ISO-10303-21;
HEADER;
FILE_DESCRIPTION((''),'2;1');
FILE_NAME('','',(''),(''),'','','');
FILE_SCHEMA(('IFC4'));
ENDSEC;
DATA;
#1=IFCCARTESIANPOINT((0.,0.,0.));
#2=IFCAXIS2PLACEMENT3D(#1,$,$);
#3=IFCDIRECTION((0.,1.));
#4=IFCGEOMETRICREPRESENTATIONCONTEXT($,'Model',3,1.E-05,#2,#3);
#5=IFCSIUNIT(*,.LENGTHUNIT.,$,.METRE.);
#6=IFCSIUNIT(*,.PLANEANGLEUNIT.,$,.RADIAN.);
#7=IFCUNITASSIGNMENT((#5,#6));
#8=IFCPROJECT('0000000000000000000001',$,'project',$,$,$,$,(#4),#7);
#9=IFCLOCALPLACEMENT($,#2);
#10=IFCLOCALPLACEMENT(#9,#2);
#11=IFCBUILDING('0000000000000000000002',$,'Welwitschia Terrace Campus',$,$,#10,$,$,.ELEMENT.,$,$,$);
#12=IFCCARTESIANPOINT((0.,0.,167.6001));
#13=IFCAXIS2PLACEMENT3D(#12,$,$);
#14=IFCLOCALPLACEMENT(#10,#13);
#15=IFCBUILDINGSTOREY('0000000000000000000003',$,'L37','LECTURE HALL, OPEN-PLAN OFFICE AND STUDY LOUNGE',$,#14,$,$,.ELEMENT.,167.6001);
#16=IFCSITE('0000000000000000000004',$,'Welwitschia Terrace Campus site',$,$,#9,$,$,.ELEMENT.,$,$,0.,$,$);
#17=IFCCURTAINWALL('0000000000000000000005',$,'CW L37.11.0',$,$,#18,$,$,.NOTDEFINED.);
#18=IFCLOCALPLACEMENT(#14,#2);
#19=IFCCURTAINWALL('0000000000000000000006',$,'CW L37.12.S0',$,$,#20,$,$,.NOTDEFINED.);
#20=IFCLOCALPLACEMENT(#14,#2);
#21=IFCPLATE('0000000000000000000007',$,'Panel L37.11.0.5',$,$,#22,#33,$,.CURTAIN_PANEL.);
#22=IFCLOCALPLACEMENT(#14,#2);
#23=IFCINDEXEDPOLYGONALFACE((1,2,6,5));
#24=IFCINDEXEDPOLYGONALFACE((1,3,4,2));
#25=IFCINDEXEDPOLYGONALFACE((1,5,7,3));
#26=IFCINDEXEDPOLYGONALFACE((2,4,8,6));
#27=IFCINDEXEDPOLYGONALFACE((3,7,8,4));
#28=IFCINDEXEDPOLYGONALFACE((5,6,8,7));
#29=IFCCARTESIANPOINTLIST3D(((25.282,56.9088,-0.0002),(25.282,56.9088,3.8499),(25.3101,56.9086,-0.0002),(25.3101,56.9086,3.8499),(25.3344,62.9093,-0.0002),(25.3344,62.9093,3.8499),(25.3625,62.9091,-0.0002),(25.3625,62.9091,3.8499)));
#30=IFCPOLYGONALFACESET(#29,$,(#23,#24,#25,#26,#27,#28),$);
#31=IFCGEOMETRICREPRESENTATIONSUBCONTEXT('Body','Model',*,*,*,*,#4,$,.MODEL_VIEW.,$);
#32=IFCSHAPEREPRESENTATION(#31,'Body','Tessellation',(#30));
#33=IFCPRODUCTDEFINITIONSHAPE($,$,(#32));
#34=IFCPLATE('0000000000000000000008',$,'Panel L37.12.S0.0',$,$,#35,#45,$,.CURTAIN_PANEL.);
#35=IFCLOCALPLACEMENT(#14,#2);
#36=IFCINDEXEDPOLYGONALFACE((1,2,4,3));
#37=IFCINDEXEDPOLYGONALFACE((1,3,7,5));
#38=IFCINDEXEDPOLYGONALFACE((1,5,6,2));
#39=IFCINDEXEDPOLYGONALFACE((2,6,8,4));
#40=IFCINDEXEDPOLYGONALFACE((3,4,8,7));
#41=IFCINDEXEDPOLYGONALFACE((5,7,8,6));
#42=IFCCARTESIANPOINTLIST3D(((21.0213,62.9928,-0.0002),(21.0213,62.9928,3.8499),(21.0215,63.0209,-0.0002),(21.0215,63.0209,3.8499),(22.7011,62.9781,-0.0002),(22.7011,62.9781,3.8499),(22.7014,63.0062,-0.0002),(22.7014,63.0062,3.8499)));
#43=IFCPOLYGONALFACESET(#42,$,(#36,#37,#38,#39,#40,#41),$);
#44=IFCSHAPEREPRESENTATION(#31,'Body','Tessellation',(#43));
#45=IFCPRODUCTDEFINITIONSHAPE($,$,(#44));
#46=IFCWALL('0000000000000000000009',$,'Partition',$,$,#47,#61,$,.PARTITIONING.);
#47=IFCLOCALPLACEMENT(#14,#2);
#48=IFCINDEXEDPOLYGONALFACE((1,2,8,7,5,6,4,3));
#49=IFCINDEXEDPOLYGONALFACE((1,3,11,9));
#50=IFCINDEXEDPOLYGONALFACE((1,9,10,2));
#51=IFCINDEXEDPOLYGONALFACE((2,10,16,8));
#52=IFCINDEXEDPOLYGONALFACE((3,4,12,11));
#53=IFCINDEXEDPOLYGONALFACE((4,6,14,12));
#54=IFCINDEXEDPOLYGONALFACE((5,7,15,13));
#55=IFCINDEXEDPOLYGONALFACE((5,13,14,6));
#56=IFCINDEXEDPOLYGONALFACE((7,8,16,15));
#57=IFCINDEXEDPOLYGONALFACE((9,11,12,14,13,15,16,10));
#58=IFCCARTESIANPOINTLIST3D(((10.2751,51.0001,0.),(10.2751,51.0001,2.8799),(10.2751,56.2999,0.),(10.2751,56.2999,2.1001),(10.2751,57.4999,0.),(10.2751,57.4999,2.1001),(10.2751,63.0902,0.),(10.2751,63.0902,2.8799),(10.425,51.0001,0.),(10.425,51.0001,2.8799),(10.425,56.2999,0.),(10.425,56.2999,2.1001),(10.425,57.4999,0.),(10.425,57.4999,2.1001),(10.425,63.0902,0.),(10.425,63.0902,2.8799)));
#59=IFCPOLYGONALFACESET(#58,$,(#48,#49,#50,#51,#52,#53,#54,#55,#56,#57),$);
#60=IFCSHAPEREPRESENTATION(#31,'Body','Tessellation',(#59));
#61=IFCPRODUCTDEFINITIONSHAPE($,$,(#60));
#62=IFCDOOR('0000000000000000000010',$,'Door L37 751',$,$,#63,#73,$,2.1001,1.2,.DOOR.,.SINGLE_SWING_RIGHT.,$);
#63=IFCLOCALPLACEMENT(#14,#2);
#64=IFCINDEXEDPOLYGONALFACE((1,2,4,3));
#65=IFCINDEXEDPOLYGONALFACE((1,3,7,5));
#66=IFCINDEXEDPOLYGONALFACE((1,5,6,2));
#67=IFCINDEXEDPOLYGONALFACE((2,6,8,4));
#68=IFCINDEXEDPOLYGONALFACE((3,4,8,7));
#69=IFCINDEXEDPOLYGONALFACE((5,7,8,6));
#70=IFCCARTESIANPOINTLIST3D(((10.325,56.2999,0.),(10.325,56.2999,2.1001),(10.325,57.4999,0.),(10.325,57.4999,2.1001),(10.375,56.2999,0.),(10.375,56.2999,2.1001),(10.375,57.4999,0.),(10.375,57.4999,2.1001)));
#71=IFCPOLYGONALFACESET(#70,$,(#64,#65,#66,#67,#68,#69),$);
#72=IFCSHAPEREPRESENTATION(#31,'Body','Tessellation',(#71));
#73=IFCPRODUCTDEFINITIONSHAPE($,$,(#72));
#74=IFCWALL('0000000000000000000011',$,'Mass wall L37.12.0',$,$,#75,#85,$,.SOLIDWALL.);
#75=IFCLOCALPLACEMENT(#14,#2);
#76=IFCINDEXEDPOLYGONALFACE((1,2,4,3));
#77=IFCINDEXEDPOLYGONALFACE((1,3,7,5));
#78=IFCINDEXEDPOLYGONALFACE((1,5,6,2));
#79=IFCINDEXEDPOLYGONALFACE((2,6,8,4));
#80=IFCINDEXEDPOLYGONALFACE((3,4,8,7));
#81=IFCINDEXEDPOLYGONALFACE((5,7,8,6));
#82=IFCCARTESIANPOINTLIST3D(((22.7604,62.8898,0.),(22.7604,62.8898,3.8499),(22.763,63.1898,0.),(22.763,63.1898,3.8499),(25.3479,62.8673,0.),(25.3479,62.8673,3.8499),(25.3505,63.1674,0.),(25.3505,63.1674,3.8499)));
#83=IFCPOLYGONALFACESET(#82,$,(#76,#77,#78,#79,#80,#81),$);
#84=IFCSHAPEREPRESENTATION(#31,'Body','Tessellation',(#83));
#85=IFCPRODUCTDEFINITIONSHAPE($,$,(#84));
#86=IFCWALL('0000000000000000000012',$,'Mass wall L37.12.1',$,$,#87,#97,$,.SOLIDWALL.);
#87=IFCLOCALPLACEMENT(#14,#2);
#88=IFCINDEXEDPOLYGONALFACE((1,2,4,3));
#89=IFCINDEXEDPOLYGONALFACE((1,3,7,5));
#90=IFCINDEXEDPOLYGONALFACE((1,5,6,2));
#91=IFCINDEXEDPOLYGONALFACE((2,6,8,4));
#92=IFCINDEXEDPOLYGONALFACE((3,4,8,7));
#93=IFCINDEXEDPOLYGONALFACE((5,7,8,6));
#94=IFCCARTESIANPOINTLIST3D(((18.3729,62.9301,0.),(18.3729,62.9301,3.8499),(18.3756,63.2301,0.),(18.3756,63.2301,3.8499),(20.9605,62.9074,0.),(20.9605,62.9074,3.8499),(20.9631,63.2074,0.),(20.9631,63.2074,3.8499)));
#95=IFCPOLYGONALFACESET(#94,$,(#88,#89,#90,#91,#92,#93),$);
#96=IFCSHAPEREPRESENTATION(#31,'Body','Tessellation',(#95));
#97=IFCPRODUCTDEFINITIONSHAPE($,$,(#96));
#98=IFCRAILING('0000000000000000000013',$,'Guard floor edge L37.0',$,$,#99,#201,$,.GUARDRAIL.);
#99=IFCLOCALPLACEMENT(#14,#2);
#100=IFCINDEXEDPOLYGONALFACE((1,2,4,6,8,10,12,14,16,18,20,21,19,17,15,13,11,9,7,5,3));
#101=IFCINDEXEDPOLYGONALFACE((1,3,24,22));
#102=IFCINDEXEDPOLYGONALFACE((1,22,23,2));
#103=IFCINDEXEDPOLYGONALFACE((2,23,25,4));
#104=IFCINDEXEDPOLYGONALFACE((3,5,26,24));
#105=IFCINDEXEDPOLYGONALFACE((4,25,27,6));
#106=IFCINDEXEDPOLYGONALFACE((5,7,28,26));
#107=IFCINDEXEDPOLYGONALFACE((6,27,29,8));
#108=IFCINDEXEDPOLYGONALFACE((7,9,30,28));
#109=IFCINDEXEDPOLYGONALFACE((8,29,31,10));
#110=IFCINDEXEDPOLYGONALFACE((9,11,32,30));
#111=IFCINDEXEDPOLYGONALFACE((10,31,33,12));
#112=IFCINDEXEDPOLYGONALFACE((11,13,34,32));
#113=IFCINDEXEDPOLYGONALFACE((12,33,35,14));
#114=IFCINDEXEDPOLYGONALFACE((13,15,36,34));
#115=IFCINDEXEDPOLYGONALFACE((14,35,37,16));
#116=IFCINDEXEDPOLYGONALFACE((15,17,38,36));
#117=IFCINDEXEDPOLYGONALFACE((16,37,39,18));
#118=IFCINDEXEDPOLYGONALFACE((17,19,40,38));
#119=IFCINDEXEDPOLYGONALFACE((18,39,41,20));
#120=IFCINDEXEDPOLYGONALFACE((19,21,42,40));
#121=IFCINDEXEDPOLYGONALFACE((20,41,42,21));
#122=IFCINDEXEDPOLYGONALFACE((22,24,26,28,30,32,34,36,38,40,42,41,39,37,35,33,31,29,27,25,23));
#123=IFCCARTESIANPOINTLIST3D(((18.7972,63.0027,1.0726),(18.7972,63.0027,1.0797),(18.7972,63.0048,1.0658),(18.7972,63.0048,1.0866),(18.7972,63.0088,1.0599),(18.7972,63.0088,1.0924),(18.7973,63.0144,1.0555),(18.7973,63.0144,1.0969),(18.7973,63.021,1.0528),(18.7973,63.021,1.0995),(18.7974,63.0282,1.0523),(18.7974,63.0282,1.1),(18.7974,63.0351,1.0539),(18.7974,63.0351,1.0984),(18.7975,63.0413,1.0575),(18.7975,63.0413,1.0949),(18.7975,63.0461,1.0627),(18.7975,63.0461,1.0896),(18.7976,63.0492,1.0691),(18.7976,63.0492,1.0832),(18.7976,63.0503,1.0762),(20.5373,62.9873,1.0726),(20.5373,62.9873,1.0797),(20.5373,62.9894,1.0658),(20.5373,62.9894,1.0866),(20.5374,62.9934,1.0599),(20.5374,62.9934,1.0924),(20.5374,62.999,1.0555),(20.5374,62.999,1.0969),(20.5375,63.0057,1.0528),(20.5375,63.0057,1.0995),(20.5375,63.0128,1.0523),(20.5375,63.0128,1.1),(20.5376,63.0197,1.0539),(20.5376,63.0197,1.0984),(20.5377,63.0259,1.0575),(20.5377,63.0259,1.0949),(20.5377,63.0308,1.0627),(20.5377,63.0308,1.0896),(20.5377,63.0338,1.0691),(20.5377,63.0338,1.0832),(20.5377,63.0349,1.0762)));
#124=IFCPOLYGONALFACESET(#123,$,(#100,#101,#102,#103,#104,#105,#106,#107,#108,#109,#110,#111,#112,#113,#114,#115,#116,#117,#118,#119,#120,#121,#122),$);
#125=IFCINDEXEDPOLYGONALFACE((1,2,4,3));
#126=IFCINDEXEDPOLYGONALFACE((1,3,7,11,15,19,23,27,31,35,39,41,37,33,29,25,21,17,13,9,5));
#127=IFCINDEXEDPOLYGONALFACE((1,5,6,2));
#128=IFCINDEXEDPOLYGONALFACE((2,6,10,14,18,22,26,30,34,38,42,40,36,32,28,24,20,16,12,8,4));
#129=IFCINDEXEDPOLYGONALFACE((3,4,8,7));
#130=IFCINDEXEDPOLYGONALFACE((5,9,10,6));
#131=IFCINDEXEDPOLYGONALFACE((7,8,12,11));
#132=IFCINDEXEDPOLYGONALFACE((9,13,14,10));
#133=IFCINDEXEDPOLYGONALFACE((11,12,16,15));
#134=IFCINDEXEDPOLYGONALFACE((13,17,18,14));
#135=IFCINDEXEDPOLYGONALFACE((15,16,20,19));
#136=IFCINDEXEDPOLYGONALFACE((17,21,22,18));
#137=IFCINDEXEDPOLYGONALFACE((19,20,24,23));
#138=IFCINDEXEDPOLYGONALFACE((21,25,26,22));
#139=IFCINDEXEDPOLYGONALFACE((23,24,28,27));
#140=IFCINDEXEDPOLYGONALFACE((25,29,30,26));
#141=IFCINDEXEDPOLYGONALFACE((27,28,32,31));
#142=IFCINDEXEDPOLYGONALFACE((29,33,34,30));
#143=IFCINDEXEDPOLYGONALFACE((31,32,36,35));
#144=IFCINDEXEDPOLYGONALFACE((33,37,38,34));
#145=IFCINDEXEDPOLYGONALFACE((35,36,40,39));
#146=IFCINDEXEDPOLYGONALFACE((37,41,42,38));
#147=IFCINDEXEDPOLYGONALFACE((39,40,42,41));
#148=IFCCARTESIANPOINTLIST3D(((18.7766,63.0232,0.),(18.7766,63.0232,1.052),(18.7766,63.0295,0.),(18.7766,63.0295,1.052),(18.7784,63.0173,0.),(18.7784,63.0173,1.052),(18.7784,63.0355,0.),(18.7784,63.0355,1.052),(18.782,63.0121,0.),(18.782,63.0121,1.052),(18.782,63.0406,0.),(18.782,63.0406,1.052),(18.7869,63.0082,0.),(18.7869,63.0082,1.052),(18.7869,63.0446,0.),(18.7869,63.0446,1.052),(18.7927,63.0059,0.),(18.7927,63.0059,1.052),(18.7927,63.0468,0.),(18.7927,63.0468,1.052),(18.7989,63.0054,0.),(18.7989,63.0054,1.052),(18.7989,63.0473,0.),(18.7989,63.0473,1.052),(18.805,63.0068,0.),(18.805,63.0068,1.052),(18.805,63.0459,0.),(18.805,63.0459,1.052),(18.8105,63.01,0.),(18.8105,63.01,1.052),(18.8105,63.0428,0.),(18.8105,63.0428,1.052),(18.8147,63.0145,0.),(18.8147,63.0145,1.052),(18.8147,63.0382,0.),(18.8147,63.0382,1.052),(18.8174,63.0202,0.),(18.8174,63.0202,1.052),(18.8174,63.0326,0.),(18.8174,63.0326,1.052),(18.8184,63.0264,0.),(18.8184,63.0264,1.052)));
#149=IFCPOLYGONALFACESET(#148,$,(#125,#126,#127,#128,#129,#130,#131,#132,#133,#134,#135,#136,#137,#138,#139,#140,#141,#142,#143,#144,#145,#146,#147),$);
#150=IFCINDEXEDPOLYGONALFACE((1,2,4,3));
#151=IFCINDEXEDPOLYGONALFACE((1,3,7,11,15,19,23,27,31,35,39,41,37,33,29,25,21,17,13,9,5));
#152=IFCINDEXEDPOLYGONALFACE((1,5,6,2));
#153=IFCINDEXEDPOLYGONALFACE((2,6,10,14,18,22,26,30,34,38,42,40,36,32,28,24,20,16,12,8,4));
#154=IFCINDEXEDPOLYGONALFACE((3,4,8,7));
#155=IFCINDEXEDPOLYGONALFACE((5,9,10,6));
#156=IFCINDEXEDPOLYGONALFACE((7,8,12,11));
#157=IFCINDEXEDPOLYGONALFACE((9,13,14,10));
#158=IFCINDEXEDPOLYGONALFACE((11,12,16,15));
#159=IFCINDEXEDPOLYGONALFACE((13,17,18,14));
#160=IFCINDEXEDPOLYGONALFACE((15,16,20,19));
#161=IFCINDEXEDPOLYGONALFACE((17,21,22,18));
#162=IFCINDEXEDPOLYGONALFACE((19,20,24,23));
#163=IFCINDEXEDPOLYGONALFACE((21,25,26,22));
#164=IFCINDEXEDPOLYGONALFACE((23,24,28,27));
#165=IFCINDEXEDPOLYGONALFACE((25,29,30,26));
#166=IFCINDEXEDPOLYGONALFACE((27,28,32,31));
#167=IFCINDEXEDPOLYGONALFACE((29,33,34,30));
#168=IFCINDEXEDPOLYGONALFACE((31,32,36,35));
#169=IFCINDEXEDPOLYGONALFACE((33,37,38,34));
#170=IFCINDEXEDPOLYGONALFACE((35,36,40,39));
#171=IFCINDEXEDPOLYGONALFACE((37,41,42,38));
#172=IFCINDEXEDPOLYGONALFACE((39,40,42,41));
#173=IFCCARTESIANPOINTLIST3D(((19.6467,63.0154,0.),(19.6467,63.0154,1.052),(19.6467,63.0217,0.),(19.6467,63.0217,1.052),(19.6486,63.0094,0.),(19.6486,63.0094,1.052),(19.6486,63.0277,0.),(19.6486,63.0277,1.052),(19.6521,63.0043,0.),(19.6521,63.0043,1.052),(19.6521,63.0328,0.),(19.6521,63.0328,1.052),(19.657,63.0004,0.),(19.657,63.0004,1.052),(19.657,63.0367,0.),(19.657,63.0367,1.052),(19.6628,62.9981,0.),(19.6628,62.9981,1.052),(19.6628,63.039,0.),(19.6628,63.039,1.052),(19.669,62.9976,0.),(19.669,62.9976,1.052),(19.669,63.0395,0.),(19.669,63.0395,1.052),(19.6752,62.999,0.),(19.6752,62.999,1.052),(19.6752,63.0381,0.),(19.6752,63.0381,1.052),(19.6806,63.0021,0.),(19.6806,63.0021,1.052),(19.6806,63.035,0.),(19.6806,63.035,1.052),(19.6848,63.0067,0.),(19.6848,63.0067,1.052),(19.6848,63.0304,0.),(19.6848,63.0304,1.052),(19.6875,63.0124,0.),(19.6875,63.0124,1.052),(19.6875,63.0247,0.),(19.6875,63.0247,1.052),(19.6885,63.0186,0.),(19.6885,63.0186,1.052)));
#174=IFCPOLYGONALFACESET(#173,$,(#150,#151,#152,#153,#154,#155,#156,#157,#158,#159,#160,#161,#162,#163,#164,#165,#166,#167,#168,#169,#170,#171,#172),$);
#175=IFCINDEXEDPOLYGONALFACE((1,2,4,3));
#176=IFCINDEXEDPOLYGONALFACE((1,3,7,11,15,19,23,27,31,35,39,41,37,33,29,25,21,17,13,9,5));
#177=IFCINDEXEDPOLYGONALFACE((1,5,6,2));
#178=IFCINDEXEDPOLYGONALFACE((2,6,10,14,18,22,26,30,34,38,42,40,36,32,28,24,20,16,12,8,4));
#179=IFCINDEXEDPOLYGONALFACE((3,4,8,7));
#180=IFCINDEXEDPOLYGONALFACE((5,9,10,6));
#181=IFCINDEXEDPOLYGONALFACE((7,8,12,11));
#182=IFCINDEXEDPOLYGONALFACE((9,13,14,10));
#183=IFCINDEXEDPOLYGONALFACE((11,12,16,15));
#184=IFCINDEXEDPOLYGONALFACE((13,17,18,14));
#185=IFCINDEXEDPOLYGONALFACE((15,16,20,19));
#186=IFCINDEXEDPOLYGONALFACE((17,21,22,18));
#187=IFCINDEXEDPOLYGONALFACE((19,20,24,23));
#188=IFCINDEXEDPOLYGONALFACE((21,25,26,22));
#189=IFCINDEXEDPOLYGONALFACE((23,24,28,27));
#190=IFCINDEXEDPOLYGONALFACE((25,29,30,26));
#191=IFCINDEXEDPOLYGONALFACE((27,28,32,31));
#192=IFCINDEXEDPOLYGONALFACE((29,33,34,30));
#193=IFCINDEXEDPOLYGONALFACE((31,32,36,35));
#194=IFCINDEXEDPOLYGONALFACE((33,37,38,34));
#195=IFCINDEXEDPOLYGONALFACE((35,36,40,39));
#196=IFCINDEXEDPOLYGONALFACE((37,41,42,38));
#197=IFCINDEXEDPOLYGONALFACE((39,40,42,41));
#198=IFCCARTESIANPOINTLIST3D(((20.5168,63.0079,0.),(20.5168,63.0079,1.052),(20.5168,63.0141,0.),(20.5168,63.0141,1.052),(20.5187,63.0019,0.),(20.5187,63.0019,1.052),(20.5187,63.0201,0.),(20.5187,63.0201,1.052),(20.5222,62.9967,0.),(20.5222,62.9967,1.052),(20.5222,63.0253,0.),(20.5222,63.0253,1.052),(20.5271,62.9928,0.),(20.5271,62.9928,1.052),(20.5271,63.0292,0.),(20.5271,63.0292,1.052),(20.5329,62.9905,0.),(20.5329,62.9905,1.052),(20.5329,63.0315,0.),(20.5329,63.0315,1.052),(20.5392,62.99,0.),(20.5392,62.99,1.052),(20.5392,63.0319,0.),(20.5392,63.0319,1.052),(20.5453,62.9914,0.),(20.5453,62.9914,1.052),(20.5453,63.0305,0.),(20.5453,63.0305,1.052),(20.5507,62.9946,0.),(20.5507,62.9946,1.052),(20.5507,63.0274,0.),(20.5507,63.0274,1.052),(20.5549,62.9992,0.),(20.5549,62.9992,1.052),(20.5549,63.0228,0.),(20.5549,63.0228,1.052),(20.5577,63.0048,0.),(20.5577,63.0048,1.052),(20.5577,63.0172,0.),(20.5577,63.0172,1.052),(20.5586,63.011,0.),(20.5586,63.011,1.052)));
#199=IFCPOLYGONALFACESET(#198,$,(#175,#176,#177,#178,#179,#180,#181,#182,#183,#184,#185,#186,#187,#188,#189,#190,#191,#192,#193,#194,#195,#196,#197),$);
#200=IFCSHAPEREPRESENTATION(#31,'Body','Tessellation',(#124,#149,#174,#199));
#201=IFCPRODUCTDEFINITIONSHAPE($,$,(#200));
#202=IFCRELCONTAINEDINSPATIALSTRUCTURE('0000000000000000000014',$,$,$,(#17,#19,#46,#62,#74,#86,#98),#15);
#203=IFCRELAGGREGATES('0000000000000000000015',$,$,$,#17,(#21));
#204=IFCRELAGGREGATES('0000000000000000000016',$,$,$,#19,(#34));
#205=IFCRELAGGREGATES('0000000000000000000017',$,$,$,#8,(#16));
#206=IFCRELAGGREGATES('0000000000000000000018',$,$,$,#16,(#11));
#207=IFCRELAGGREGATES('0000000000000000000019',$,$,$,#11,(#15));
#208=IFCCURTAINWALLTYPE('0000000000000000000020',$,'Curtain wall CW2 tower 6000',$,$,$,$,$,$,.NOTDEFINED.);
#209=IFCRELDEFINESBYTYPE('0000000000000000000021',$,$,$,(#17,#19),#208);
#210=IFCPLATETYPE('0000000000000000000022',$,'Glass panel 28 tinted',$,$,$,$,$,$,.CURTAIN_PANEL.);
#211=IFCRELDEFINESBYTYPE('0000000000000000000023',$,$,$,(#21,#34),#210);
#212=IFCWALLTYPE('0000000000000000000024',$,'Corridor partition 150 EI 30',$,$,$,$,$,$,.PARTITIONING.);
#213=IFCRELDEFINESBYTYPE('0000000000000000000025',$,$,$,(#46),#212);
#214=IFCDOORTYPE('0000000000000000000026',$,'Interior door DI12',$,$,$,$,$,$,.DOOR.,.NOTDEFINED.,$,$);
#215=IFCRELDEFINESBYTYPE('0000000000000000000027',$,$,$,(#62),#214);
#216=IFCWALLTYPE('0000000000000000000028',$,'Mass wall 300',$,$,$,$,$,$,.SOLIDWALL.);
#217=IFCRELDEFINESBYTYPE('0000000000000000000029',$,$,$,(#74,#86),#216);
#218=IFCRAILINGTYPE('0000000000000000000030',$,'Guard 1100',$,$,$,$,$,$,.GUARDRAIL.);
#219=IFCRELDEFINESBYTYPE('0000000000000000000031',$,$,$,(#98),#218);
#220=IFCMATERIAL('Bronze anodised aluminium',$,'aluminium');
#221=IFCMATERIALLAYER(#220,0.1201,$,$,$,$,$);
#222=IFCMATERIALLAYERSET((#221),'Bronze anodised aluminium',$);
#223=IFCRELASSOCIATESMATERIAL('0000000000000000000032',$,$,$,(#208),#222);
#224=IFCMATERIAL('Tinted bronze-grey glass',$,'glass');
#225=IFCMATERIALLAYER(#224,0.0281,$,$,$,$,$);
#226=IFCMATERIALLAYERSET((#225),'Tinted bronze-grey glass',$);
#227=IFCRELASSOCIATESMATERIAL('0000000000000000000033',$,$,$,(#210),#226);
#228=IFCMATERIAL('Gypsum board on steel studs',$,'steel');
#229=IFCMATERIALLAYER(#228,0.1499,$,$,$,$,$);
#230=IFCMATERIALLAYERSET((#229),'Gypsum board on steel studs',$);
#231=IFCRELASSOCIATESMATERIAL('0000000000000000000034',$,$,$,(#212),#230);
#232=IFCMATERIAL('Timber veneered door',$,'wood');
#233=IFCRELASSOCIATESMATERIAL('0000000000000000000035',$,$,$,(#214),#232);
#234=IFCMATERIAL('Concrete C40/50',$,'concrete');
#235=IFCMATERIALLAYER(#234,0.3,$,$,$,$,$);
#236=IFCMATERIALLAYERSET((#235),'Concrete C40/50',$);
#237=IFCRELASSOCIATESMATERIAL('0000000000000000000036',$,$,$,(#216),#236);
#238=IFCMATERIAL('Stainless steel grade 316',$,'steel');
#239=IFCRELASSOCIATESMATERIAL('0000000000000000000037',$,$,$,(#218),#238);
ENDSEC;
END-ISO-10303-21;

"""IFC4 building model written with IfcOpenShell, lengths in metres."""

from ifc_helpers import new_model, si_unit, direction, frame, frame_2d, origin, origin_2d, place, context, subcontext, project, spatial, rectangle, circle, extrude, material, layer, layer_set, type_object, element, fill, aggregate, save


model = new_model("IFC4")

# Units and contexts
model_context = context("Model", 3, precision=1e-05, world=origin(), true_north=direction((0.0, 1.0)))
body_context = subcontext(model_context, "Body", "Model", "MODEL_VIEW")
ifc_project = project(units=[si_unit("LENGTHUNIT", "METRE"), si_unit("PLANEANGLEUNIT", "RADIAN")], contexts=[model_context])

# Site, building, storey
site_placement = place(None, origin())
site = spatial("IfcSite", under=ifc_project, at=site_placement, Name="Welwitschia Terrace Campus site", CompositionType="ELEMENT", RefElevation=0.0)
building_placement = place(site_placement, origin())
building = spatial("IfcBuilding", under=site, at=building_placement, Name="Welwitschia Terrace Campus", CompositionType="ELEMENT")
storey_placement = place(building_placement, frame((0.0, 0.0, 167.6001)))
storey = spatial("IfcBuildingStorey", under=building, at=storey_placement, Name="L37", Description="LECTURE HALL, OPEN-PLAN OFFICE AND STUDY LOUNGE", CompositionType="ELEMENT", Elevation=167.6001)

# Curtain wall
ifc_material_1 = material(Name="Bronze anodised aluminium", Category="aluminium")
ifc_layer_1 = layer(ifc_material_1, 0.1201)
ifc_layer_set_1 = layer_set([ifc_layer_1], Name="Bronze anodised aluminium")
curtain_wall_type = type_object("IfcCurtainWallType", Name="Curtain wall CW2 tower 6000", PredefinedType="NOTDEFINED", material=ifc_layer_set_1)
curtain_wall_1_placement = place(storey_placement, origin())
curtain_wall_1 = element("IfcCurtainWall", 1, at=curtain_wall_1_placement, inside=storey, type_object=curtain_wall_type, Name="CW L37.11.0", PredefinedType="NOTDEFINED")

# Curtain wall
curtain_wall_2_placement = place(storey_placement, origin())
curtain_wall_2 = element("IfcCurtainWall", 2, at=curtain_wall_2_placement, inside=storey, type_object=curtain_wall_type, Name="CW L37.12.S0", PredefinedType="NOTDEFINED")

# Plates
ifc_material_2 = material(Name="Tinted bronze-grey glass", Category="glass")
ifc_layer_2 = layer(ifc_material_2, 0.0281)
ifc_layer_set_2 = layer_set([ifc_layer_2], Name="Tinted bronze-grey glass")
plate_type = type_object("IfcPlateType", Name="Glass panel 28 tinted", PredefinedType="CURTAIN_PANEL", material=ifc_layer_set_2)
plate_1_placement = place(storey_placement, frame((25.3223, 59.9089, -0.0002), z_axis=(0.0, 0.0, 1.0), x_axis=(0.008727, 0.999962, 0.0)))
plate_1 = element("IfcPlate", 3, at=plate_1_placement, type_object=plate_type, Name="Panel L37.11.0.5", PredefinedType="CURTAIN_PANEL", context=body_context, shape_type="SweptSolid", body=[
    extrude(rectangle(XDim=6.0007, YDim=0.0281, at=origin_2d()), origin(), (0.0, 0.0, 1.0), 3.8501),
])
aggregate(curtain_wall_1, [plate_1])
plate_2_placement = place(storey_placement, frame((21.8613, 62.9995, -0.0002), z_axis=(0.0, 0.0, 1.0), x_axis=(-0.999962, 0.008727, 0.0)))
plate_2 = element("IfcPlate", 4, at=plate_2_placement, type_object=plate_type, Name="Panel L37.12.S0.0", PredefinedType="CURTAIN_PANEL", context=body_context, shape_type="SweptSolid", body=[
    extrude(rectangle(XDim=1.6799, YDim=0.0281, at=origin_2d()), origin(), (0.0, 0.0, 1.0), 3.8501),
])
aggregate(curtain_wall_2, [plate_2])

# Wall, opening, door
ifc_material_3 = material(Name="Gypsum board on steel studs", Category="steel")
ifc_layer_3 = layer(ifc_material_3, 0.1499)
ifc_layer_set_3 = layer_set([ifc_layer_3], Name="Gypsum board on steel studs")
wall_type_1 = type_object("IfcWallType", Name="Corridor partition 150 EI 30", PredefinedType="PARTITIONING", material=ifc_layer_set_3)
wall_1_placement = place(storey_placement, frame((10.3501, 63.0901, 0.0), z_axis=(0.0, 0.0, 1.0), x_axis=(0.0, -1.0, 0.0)))
wall_1 = element("IfcWall", 5, at=wall_1_placement, inside=storey, type_object=wall_type_1, Name="Partition", PredefinedType="PARTITIONING", context=body_context, shape_type="SweptSolid", body=[
    extrude(rectangle(XDim=12.0901, YDim=0.1499, at=frame_2d((6.0449, 0.0))), origin(), (0.0, 0.0, 1.0), 2.8799),
])
opening_1_placement = place(wall_1_placement, frame((5.5901, 0.0, 0.0)))
opening_1 = element("IfcOpeningElement", 6, at=opening_1_placement, cuts=wall_1, PredefinedType="OPENING", context=body_context, shape_type="SweptSolid", body=[
    extrude(rectangle(XDim=1.2, YDim=2.1001, at=frame_2d((0.6001, 1.05))), frame((0.0, 0.085, 0.0), z_axis=(0.0, -1.0, 0.0), x_axis=(1.0, 0.0, 0.0)), (0.0, 0.0, 1.0), 0.1699),
])
ifc_material_4 = material(Name="Timber veneered door", Category="wood")
door_type_1 = type_object("IfcDoorType", Name="Interior door DI12", OperationType="NOTDEFINED", PredefinedType="DOOR", material=ifc_material_4)
door_1_placement = place(opening_1_placement, origin())
door_1 = element("IfcDoor", 7, at=door_1_placement, inside=storey, type_object=door_type_1, Name="Door L37 751", OperationType="SINGLE_SWING_RIGHT", OverallHeight=2.1001, OverallWidth=1.2, PredefinedType="DOOR", context=body_context, shape_type="SweptSolid", body=[
    extrude(rectangle(XDim=1.2, YDim=2.1001, at=frame_2d((0.6001, 1.05))), frame((0.0, 0.0249, 0.0), z_axis=(0.0, -1.0, 0.0), x_axis=(1.0, 0.0, 0.0)), (0.0, 0.0, 1.0), 0.05),
])
fill(opening_1, door_1)

# Walls
ifc_material_5 = material(Name="Concrete C40/50", Category="concrete")
ifc_layer_4 = layer(ifc_material_5, 0.3)
ifc_layer_set_4 = layer_set([ifc_layer_4], Name="Concrete C40/50")
wall_type_2 = type_object("IfcWallType", Name="Mass wall 300", PredefinedType="SOLIDWALL", material=ifc_layer_set_4)
for number, where, z_axis, x_axis, name in (
    (8, (25.3494, 63.0173, 0.0), (0.0, 0.0, 1.0), (-0.999962, 0.00868, 0.0), "Mass wall L37.12.0"),
    (9, (20.9619, 63.0574, 0.0), (0.0, 0.0, 1.0), (-0.999962, 0.008774, 0.0), "Mass wall L37.12.1"),
):
    element("IfcWall", number, at=place(storey_placement, frame(where, z_axis=z_axis, x_axis=x_axis)), inside=storey, type_object=wall_type_2, Name=name, PredefinedType="SOLIDWALL", context=body_context, shape_type="SweptSolid", body=[
        extrude(rectangle(XDim=2.5876, YDim=0.3, at=frame_2d((1.2939, 0.0))), origin(), (0.0, 0.0, 1.0), 3.8499),
    ])

# Railing
ifc_material_6 = material(Name="Stainless steel grade 316", Category="steel")
railing_type = type_object("IfcRailingType", Name="Guard 1100", PredefinedType="GUARDRAIL", material=ifc_material_6)
railing_1_placement = place(storey_placement, frame((18.7974, 63.0264, 0.0)))
element("IfcRailing", 10, at=railing_1_placement, inside=storey, type_object=railing_type, Name="Guard floor edge L37.0", PredefinedType="GUARDRAIL", context=body_context, shape_type="SweptSolid", body=[
    extrude(circle(Radius=0.0239, at=origin_2d()), frame((0.0, 0.0, 1.0762), z_axis=(0.999961, -0.008838, 0.0), x_axis=(0.008838, 0.999961, 0.0)), (0.0, 0.0, 1.0), 1.7402),
    extrude(circle(Radius=0.021, at=origin_2d()), origin(), (0.0, 0.0, 1.0), 1.052),
    extrude(circle(Radius=0.021, at=origin_2d()), frame((0.8701, -0.0078, 0.0)), (0.0, 0.0, 1.0), 1.052),
    extrude(circle(Radius=0.021, at=origin_2d()), frame((1.7402, -0.0154, 0.0)), (0.0, 0.0, 1.0), 1.052),
])

save(model, "model.ifc")
